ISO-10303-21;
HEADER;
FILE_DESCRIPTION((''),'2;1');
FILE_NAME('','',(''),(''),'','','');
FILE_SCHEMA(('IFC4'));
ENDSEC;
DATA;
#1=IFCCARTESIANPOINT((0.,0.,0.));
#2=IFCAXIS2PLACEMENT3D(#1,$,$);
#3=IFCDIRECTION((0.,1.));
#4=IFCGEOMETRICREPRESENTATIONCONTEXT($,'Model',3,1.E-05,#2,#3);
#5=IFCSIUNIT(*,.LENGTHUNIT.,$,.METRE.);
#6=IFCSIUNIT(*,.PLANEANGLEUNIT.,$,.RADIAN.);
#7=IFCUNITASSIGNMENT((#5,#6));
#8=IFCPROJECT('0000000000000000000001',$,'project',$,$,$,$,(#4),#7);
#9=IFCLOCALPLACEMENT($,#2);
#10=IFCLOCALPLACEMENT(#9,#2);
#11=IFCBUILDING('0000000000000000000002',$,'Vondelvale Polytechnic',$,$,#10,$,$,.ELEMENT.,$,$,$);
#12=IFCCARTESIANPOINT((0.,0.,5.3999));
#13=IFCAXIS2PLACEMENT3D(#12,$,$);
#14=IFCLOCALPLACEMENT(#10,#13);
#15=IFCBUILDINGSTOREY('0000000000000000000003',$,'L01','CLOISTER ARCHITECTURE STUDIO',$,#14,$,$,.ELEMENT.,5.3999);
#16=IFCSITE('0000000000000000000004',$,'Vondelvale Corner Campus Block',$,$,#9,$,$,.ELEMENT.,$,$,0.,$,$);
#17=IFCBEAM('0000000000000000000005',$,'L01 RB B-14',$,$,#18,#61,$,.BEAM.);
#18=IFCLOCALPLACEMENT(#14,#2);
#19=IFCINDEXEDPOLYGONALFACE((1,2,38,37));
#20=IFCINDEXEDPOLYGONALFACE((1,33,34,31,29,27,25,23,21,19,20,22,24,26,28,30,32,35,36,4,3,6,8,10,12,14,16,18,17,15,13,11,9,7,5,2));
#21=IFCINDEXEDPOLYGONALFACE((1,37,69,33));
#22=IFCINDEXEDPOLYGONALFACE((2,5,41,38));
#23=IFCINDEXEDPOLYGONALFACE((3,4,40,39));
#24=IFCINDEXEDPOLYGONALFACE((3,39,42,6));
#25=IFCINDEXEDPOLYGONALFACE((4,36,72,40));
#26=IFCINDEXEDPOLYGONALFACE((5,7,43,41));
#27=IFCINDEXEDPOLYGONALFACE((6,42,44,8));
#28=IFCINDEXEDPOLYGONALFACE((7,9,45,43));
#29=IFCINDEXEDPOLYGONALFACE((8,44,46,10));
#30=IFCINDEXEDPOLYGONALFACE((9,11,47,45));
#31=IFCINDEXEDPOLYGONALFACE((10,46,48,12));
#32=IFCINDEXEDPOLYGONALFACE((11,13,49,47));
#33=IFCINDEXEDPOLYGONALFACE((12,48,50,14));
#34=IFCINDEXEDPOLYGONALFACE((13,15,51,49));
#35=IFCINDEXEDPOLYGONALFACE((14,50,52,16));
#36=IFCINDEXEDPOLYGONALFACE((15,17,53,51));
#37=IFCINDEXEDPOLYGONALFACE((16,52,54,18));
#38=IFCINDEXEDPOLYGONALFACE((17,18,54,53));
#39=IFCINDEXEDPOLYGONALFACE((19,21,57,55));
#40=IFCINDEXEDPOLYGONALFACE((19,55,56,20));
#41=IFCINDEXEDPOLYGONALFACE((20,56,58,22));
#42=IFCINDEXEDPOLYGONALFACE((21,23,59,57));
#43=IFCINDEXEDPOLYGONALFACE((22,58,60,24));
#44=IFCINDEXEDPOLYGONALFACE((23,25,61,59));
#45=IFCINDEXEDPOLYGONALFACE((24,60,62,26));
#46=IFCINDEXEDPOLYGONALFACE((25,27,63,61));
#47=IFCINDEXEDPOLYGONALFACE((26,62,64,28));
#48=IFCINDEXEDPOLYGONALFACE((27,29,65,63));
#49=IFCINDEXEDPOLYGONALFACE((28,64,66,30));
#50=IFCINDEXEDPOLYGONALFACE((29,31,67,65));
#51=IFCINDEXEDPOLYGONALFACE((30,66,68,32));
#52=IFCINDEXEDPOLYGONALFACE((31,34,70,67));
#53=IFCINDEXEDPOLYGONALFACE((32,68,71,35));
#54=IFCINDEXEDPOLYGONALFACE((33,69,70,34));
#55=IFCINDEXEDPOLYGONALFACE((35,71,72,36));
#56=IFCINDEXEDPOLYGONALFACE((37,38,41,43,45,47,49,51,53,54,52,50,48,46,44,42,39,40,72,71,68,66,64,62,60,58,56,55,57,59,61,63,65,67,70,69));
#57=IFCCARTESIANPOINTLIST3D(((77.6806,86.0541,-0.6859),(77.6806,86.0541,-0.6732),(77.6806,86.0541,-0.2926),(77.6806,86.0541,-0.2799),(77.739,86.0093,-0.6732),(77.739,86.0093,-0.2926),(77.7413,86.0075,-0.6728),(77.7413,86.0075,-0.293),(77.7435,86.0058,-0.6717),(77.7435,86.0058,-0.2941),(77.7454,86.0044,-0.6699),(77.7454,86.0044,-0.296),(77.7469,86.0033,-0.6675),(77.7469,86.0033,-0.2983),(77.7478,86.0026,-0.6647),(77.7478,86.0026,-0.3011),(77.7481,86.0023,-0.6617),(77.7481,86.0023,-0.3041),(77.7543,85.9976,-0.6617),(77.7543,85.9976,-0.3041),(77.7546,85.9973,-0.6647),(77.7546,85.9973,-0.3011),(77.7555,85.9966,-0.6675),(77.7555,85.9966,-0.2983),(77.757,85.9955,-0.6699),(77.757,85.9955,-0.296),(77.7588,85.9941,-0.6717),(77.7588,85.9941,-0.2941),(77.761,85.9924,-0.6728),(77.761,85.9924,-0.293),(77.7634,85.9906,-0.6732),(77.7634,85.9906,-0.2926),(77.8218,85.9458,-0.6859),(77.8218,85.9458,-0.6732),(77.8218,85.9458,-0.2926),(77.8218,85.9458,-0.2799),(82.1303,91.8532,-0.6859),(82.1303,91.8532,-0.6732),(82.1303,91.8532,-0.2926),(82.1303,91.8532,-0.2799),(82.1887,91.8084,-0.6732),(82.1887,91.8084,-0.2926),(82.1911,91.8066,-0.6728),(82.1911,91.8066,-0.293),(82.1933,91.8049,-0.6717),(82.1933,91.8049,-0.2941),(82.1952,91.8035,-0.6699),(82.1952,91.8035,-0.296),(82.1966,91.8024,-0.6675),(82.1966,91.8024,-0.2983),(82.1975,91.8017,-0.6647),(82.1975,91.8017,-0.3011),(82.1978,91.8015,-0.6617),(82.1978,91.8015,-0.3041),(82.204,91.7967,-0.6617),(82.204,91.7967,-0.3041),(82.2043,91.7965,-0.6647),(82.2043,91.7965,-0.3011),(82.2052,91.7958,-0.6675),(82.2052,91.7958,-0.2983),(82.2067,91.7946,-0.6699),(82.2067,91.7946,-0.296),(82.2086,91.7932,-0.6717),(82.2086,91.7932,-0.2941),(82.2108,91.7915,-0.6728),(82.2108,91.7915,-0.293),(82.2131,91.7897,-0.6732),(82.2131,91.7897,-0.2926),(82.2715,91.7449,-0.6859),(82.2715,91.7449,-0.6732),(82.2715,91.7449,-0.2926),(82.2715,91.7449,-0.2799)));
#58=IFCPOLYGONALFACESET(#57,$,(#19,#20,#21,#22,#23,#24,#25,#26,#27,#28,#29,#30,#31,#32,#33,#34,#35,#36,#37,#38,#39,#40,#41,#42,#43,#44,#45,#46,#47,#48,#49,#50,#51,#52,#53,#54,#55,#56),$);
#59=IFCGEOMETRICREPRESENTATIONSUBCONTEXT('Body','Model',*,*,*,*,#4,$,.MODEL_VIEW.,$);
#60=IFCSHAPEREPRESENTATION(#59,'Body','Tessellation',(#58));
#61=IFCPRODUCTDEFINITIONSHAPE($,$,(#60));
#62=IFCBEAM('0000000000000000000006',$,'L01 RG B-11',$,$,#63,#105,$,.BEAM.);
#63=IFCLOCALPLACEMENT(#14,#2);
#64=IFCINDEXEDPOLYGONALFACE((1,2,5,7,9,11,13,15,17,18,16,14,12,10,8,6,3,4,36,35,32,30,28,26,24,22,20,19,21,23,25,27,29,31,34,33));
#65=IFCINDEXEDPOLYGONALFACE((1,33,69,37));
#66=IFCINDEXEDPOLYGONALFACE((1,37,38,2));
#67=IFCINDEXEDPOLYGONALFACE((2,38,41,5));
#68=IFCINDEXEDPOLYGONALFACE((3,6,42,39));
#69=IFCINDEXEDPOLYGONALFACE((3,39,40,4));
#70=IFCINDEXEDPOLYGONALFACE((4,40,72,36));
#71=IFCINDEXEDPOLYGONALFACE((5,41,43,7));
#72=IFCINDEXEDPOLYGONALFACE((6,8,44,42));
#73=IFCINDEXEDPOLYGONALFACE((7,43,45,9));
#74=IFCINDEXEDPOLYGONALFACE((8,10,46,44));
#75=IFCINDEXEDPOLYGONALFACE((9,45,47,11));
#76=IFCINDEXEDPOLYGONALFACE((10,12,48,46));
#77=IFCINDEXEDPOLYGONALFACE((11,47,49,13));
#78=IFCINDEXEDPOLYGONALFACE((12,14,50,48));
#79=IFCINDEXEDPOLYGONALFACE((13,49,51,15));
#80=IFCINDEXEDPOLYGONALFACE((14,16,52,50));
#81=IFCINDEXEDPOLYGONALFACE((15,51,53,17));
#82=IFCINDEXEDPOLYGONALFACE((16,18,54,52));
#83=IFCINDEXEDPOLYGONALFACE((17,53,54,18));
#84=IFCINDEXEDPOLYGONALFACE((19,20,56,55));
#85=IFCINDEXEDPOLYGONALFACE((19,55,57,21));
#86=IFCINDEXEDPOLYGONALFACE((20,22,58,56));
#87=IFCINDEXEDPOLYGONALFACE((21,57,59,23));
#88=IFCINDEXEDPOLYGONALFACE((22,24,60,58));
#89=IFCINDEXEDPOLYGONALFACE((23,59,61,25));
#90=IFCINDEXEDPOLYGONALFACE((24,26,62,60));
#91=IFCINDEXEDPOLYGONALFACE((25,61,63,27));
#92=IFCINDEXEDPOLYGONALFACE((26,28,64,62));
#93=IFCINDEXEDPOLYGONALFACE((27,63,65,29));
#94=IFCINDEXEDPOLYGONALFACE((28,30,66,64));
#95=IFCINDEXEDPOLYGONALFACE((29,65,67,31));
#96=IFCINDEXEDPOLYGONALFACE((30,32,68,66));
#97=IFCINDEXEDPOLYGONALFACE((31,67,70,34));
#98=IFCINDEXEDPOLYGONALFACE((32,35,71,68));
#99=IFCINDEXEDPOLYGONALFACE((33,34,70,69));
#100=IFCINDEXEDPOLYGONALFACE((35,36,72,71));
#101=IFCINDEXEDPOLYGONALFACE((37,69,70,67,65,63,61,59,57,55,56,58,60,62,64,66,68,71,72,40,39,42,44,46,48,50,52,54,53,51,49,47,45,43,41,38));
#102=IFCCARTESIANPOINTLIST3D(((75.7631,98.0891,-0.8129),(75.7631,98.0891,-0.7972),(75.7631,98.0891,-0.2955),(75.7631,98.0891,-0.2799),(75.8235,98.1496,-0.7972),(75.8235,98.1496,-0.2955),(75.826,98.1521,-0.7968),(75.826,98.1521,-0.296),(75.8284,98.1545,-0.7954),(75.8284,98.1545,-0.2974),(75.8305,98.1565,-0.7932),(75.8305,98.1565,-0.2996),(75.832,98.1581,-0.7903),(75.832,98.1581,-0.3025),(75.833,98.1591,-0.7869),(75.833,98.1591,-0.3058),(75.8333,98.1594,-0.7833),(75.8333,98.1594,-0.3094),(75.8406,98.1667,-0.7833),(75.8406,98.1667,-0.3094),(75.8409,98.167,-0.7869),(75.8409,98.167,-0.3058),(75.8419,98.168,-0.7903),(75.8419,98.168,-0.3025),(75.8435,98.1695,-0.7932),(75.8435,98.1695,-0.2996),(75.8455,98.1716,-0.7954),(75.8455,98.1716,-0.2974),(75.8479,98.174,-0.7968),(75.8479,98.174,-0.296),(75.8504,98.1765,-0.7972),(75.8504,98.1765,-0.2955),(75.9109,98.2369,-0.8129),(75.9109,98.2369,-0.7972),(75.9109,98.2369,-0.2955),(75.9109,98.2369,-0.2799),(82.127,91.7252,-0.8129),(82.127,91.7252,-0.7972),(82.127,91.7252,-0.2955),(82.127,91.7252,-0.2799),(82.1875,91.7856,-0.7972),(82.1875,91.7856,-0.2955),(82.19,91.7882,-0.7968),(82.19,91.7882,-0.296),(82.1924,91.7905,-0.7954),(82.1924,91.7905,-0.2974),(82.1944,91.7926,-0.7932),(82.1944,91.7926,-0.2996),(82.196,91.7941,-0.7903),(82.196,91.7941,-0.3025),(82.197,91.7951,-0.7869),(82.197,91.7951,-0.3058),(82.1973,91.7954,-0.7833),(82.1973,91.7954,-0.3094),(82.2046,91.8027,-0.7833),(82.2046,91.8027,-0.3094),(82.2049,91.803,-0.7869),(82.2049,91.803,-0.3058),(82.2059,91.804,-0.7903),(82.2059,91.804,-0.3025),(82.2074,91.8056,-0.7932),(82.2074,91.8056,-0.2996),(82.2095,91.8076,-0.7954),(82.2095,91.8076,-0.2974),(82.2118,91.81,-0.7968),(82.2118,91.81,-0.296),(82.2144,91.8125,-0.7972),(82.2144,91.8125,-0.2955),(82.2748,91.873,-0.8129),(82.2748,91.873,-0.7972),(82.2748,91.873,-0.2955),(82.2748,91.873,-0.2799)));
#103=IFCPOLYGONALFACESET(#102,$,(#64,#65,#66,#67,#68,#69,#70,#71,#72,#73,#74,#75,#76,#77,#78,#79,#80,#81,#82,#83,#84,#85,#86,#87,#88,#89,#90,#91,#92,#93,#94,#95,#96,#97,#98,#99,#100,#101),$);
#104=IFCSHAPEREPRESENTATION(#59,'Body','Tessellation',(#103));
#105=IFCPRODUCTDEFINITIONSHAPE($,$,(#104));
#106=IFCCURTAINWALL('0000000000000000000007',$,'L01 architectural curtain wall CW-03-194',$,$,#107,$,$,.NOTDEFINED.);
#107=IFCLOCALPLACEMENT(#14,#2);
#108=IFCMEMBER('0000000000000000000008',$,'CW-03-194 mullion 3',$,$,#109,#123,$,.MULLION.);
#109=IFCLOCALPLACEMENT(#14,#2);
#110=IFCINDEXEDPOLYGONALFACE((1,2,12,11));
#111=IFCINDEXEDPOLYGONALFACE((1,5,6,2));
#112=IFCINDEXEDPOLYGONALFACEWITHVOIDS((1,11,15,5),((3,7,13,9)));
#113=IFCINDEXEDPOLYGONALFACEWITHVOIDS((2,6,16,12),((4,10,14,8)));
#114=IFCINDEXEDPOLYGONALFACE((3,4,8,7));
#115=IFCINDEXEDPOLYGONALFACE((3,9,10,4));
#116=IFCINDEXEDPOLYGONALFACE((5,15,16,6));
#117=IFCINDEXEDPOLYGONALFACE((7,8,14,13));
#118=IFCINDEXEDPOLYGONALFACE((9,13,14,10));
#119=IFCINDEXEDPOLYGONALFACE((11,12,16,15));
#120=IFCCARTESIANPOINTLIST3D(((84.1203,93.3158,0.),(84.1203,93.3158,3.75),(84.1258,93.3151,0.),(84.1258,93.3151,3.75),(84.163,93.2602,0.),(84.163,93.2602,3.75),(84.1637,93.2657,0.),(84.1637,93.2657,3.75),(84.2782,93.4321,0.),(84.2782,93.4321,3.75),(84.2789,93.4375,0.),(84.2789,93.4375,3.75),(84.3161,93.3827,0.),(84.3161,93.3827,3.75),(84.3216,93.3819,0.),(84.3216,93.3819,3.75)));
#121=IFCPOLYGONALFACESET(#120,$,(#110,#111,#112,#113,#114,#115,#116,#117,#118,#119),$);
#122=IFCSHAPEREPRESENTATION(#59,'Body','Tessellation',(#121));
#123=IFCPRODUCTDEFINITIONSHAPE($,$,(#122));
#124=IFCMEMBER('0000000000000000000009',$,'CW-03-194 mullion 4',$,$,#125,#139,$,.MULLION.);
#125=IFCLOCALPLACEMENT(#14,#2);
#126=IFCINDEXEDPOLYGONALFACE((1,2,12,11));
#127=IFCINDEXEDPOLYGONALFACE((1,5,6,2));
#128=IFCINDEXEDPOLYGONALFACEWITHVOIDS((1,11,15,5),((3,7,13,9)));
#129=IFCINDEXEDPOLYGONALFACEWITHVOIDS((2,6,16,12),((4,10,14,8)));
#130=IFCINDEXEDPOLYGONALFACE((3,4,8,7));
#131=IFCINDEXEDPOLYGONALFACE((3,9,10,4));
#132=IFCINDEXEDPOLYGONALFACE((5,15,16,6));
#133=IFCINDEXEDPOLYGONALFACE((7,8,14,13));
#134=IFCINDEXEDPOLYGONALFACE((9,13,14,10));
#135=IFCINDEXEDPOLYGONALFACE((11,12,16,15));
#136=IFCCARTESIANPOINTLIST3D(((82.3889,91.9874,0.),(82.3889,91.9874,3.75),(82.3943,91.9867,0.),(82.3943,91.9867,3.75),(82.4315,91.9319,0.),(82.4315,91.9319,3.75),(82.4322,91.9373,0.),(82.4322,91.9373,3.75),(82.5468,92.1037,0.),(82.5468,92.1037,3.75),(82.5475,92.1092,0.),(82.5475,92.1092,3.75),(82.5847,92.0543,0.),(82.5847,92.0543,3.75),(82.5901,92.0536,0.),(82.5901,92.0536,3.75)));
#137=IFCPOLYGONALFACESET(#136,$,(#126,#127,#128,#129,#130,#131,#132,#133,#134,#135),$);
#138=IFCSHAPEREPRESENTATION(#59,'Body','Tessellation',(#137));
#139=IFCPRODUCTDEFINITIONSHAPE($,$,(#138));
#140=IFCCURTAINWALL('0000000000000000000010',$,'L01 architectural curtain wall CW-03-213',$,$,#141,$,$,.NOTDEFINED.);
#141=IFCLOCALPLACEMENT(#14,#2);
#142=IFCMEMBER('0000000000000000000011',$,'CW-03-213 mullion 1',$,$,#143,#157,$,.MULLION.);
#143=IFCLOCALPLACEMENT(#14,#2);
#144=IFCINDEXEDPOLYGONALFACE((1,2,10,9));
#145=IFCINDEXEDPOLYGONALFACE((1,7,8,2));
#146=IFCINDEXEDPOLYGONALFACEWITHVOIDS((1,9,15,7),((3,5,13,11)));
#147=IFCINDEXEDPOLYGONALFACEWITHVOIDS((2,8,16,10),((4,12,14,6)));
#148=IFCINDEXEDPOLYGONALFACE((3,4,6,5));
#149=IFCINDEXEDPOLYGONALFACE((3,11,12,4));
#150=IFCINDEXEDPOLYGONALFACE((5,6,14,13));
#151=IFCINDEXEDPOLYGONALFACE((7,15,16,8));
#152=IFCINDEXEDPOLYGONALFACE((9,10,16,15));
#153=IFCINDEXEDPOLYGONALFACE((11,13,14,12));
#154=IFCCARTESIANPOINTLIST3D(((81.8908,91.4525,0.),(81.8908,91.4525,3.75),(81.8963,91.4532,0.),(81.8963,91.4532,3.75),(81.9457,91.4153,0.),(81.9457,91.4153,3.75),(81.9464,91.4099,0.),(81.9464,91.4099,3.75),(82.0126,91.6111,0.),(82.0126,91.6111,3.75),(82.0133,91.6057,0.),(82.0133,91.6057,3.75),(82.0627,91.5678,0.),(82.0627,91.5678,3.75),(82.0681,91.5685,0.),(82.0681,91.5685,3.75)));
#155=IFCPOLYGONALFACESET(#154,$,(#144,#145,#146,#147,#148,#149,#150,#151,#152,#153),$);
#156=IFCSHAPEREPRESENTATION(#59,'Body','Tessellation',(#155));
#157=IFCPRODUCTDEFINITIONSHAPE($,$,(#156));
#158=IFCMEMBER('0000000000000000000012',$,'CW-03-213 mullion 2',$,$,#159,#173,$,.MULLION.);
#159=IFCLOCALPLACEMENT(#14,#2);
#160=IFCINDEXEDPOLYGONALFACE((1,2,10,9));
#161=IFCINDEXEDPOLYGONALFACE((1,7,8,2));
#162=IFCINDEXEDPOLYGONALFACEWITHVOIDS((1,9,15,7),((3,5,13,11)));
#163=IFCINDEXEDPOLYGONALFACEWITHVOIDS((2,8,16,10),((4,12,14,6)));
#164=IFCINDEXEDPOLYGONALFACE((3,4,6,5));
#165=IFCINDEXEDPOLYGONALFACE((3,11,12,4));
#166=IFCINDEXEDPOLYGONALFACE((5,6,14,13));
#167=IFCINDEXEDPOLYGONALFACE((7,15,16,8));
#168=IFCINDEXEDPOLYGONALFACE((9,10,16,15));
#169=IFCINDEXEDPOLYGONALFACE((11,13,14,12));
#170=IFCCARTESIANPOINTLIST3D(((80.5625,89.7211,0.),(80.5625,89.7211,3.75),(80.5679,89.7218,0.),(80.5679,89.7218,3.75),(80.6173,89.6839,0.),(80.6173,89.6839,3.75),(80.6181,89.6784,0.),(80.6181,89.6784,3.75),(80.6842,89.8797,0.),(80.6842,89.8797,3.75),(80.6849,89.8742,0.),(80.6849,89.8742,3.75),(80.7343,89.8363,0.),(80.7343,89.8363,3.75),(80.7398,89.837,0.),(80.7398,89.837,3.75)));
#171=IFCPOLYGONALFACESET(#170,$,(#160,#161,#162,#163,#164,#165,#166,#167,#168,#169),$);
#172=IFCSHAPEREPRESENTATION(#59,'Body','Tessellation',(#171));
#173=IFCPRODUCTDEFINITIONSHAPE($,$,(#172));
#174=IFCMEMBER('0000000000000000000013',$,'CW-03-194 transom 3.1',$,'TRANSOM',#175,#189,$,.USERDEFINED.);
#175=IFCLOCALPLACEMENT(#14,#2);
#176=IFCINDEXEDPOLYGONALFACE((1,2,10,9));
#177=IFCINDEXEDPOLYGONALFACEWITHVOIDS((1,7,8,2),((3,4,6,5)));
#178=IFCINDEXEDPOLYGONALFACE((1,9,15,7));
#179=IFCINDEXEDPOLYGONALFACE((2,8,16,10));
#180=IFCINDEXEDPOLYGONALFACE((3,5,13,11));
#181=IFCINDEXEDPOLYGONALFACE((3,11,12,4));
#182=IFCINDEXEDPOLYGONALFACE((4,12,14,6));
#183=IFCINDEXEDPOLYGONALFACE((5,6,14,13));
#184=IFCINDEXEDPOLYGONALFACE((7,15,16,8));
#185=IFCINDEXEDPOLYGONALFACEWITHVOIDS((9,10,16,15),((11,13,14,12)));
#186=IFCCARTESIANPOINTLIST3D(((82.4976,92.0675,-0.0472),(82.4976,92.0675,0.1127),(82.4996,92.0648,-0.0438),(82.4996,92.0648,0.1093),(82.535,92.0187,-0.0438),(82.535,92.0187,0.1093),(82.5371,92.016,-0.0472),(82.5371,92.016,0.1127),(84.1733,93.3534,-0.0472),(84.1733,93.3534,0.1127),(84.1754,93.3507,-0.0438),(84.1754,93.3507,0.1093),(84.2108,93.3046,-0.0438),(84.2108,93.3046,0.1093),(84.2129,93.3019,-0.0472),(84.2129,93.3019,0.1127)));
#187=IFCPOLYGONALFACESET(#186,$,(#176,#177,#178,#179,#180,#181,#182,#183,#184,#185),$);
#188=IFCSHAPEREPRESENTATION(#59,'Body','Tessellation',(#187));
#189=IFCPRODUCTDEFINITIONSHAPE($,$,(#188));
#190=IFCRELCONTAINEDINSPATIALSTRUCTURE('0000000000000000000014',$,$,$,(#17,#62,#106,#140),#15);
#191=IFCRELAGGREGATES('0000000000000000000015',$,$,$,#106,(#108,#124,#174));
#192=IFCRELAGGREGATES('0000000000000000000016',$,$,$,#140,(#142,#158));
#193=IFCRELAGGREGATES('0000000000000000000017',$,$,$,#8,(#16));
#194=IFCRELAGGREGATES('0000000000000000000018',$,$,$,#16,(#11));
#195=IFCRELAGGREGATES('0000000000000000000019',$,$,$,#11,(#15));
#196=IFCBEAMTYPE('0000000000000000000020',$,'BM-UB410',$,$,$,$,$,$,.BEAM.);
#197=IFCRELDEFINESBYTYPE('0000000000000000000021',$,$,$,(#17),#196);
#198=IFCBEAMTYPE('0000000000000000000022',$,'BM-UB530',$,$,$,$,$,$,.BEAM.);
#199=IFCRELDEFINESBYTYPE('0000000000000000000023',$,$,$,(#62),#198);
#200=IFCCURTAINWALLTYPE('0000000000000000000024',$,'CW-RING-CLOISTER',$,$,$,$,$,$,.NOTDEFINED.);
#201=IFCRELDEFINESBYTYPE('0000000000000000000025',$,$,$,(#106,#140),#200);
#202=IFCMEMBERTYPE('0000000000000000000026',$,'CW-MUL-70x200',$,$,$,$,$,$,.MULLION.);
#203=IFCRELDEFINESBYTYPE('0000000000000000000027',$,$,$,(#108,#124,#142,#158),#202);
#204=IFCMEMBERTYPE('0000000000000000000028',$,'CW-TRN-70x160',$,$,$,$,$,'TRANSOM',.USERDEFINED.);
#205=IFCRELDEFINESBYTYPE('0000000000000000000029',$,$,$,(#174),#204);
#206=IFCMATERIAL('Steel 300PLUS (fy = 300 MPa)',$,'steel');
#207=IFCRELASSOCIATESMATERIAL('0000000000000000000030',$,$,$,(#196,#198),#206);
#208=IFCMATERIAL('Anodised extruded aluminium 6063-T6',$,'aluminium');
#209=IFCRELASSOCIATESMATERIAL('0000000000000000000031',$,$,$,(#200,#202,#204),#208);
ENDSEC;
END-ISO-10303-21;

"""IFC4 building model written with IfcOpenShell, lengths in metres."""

from ifc_helpers import new_model, si_unit, direction, frame, origin, origin_2d, place, context, subcontext, project, spatial, hollow_rectangle, i_section, extrude, material, material_profile, profile_set, type_object, element, aggregate, save


model = new_model("IFC4")

# Units and contexts
model_context = context("Model", 3, precision=1e-05, world=origin(), true_north=direction((0.0, 1.0)))
body_context = subcontext(model_context, "Body", "Model", "MODEL_VIEW")
ifc_project = project(units=[si_unit("LENGTHUNIT", "METRE"), si_unit("PLANEANGLEUNIT", "RADIAN")], contexts=[model_context])

# Site, building, storey
site_placement = place(None, origin())
site = spatial("IfcSite", under=ifc_project, at=site_placement, Name="Vondelvale Corner Campus Block", CompositionType="ELEMENT", RefElevation=0.0)
building_placement = place(site_placement, origin())
building = spatial("IfcBuilding", under=site, at=building_placement, Name="Vondelvale Polytechnic", CompositionType="ELEMENT")
storey_placement = place(building_placement, frame((0.0, 0.0, 5.3999)))
storey = spatial("IfcBuildingStorey", under=building, at=storey_placement, Name="L01", Description="CLOISTER ARCHITECTURE STUDIO", CompositionType="ELEMENT", Elevation=5.3999)

# Beams
ifc_material_1 = material(Name="Steel 300PLUS (fy = 300 MPa)", Category="steel")
ifc_material_profile_1 = material_profile(ifc_material_1, i_section(OverallWidth=0.178, OverallDepth=0.406, WebThickness=0.0078, FlangeThickness=0.0127, FilletRadius=0.0115, at=origin_2d()), Name="410UB59.7")
ifc_profile_set_1 = profile_set([ifc_material_profile_1], Name="Steel 300PLUS (fy = 300 MPa)")
beam_type_1 = type_object("IfcBeamType", Name="BM-UB410", PredefinedType="BEAM", material=ifc_profile_set_1)
beam_1_placement = place(storey_placement, frame((82.2009, 91.7991, -0.4829), z_axis=(-0.608755, -0.793358, 0.0), x_axis=(0.793358, -0.608755, 0.0)))
element("IfcBeam", 1, at=beam_1_placement, inside=storey, type_object=beam_type_1, Name="L01 RB B-14", PredefinedType="BEAM", context=body_context, shape_type="SweptSolid", body=[
    extrude(i_section(OverallWidth=0.178, OverallDepth=0.406, WebThickness=0.0078, FlangeThickness=0.0127, FilletRadius=0.0115, at=origin_2d()), origin(), (0.0, 0.0, 1.0), 7.3096),
])
ifc_material_profile_2 = material_profile(ifc_material_1, i_section(OverallWidth=0.209, OverallDepth=0.533, WebThickness=0.0103, FlangeThickness=0.0156, FilletRadius=0.0139, at=origin_2d()), Name="530UB92.4")
ifc_profile_set_2 = profile_set([ifc_material_profile_2], Name="Steel 300PLUS (fy = 300 MPa)")
beam_type_2 = type_object("IfcBeamType", Name="BM-UB530", PredefinedType="BEAM", material=ifc_profile_set_2)
beam_2_placement = place(storey_placement, frame((82.2009, 91.7991, -0.5464), z_axis=(-0.707107, 0.707107, 0.0), x_axis=(-0.707107, -0.707107, 0.0)))
element("IfcBeam", 2, at=beam_2_placement, inside=storey, type_object=beam_type_2, Name="L01 RG B-11", PredefinedType="BEAM", context=body_context, shape_type="SweptSolid", body=[
    extrude(i_section(OverallWidth=0.209, OverallDepth=0.533, WebThickness=0.0103, FlangeThickness=0.0156, FilletRadius=0.0139, at=origin_2d()), origin(), (0.0, 0.0, 1.0), 9.0),
])

# Curtain walls, members
ifc_material_2 = material(Name="Anodised extruded aluminium 6063-T6", Category="aluminium")
curtain_wall_type = type_object("IfcCurtainWallType", Name="CW-RING-CLOISTER", PredefinedType="NOTDEFINED", material=ifc_material_2)
curtain_wall_1_placement = place(storey_placement, origin())
curtain_wall_1 = element("IfcCurtainWall", 3, at=curtain_wall_1_placement, inside=storey, type_object=curtain_wall_type, Name="L01 architectural curtain wall CW-03-194", PredefinedType="NOTDEFINED")
ifc_material_profile_3 = material_profile(ifc_material_2, hollow_rectangle(XDim=0.0701, YDim=0.2, WallThickness=0.0039, at=origin_2d()), Name="CW-MUL-200x70")
ifc_profile_set_3 = profile_set([ifc_material_profile_3], Name="Anodised extruded aluminium 6063-T6")
member_type_1 = type_object("IfcMemberType", Name="CW-MUL-70x200", PredefinedType="MULLION", material=ifc_profile_set_3)
member_1_placement = place(storey_placement, frame((84.2209, 93.3489, 0.0), z_axis=(0.0, 0.0, 1.0), x_axis=(0.608748, -0.793364, 0.0)))
member_1 = element("IfcMember", 4, at=member_1_placement, type_object=member_type_1, Name="CW-03-194 mullion 3", PredefinedType="MULLION", context=body_context, shape_type="SweptSolid", body=[
    extrude(hollow_rectangle(XDim=0.0701, YDim=0.2, WallThickness=0.0039, at=origin_2d()), origin(), (0.0, 0.0, 1.0), 3.75),
])
member_2_placement = place(storey_placement, frame((82.4895, 92.0205, 0.0), z_axis=(0.0, 0.0, 1.0), x_axis=(0.608748, -0.793364, 0.0)))
member_2 = element("IfcMember", 5, at=member_2_placement, type_object=member_type_1, Name="CW-03-194 mullion 4", PredefinedType="MULLION", context=body_context, shape_type="SweptSolid", body=[
    extrude(hollow_rectangle(XDim=0.0701, YDim=0.2, WallThickness=0.0039, at=origin_2d()), origin(), (0.0, 0.0, 1.0), 3.75),
])
curtain_wall_2_placement = place(storey_placement, origin())
curtain_wall_2 = element("IfcCurtainWall", 6, at=curtain_wall_2_placement, inside=storey, type_object=curtain_wall_type, Name="L01 architectural curtain wall CW-03-213", PredefinedType="NOTDEFINED")
member_3_placement = place(storey_placement, frame((81.9795, 91.5105, 0.0), z_axis=(0.0, 0.0, 1.0), x_axis=(0.793364, -0.608748, 0.0)))
member_3 = element("IfcMember", 7, at=member_3_placement, type_object=member_type_1, Name="CW-03-213 mullion 1", PredefinedType="MULLION", context=body_context, shape_type="SweptSolid", body=[
    extrude(hollow_rectangle(XDim=0.0701, YDim=0.2, WallThickness=0.0039, at=origin_2d()), origin(), (0.0, 0.0, 1.0), 3.75),
])
member_4_placement = place(storey_placement, frame((80.6511, 89.7791, 0.0), z_axis=(0.0, 0.0, 1.0), x_axis=(0.793364, -0.608748, 0.0)))
member_4 = element("IfcMember", 8, at=member_4_placement, type_object=member_type_1, Name="CW-03-213 mullion 2", PredefinedType="MULLION", context=body_context, shape_type="SweptSolid", body=[
    extrude(hollow_rectangle(XDim=0.0701, YDim=0.2, WallThickness=0.0039, at=origin_2d()), origin(), (0.0, 0.0, 1.0), 3.75),
])

# Member
ifc_material_profile_4 = material_profile(ifc_material_2, hollow_rectangle(XDim=0.0649, YDim=0.1599, WallThickness=0.0034, at=origin_2d()), Name="CW-TRN-160x65")
ifc_profile_set_4 = profile_set([ifc_material_profile_4], Name="Anodised extruded aluminium 6063-T6")
member_type_2 = type_object("IfcMemberType", Name="CW-TRN-70x160", ElementType="TRANSOM", PredefinedType="USERDEFINED", material=ifc_profile_set_4)
member_5_placement = place(storey_placement, frame((84.1931, 93.3276, 0.0327), z_axis=(-0.79335, -0.608766, 0.0), x_axis=(0.608766, -0.79335, 0.0)))
member_5 = element("IfcMember", 9, at=member_5_placement, type_object=member_type_2, Name="CW-03-194 transom 3.1", ObjectType="TRANSOM", PredefinedType="USERDEFINED", context=body_context, shape_type="SweptSolid", body=[
    extrude(hollow_rectangle(XDim=0.0649, YDim=0.1599, WallThickness=0.0034, at=origin_2d()), origin(), (0.0, 0.0, 1.0), 2.1123),
])

aggregate(curtain_wall_1, [member_1, member_2, member_5])
aggregate(curtain_wall_2, [member_3, member_4])

save(model, "model.ifc")
